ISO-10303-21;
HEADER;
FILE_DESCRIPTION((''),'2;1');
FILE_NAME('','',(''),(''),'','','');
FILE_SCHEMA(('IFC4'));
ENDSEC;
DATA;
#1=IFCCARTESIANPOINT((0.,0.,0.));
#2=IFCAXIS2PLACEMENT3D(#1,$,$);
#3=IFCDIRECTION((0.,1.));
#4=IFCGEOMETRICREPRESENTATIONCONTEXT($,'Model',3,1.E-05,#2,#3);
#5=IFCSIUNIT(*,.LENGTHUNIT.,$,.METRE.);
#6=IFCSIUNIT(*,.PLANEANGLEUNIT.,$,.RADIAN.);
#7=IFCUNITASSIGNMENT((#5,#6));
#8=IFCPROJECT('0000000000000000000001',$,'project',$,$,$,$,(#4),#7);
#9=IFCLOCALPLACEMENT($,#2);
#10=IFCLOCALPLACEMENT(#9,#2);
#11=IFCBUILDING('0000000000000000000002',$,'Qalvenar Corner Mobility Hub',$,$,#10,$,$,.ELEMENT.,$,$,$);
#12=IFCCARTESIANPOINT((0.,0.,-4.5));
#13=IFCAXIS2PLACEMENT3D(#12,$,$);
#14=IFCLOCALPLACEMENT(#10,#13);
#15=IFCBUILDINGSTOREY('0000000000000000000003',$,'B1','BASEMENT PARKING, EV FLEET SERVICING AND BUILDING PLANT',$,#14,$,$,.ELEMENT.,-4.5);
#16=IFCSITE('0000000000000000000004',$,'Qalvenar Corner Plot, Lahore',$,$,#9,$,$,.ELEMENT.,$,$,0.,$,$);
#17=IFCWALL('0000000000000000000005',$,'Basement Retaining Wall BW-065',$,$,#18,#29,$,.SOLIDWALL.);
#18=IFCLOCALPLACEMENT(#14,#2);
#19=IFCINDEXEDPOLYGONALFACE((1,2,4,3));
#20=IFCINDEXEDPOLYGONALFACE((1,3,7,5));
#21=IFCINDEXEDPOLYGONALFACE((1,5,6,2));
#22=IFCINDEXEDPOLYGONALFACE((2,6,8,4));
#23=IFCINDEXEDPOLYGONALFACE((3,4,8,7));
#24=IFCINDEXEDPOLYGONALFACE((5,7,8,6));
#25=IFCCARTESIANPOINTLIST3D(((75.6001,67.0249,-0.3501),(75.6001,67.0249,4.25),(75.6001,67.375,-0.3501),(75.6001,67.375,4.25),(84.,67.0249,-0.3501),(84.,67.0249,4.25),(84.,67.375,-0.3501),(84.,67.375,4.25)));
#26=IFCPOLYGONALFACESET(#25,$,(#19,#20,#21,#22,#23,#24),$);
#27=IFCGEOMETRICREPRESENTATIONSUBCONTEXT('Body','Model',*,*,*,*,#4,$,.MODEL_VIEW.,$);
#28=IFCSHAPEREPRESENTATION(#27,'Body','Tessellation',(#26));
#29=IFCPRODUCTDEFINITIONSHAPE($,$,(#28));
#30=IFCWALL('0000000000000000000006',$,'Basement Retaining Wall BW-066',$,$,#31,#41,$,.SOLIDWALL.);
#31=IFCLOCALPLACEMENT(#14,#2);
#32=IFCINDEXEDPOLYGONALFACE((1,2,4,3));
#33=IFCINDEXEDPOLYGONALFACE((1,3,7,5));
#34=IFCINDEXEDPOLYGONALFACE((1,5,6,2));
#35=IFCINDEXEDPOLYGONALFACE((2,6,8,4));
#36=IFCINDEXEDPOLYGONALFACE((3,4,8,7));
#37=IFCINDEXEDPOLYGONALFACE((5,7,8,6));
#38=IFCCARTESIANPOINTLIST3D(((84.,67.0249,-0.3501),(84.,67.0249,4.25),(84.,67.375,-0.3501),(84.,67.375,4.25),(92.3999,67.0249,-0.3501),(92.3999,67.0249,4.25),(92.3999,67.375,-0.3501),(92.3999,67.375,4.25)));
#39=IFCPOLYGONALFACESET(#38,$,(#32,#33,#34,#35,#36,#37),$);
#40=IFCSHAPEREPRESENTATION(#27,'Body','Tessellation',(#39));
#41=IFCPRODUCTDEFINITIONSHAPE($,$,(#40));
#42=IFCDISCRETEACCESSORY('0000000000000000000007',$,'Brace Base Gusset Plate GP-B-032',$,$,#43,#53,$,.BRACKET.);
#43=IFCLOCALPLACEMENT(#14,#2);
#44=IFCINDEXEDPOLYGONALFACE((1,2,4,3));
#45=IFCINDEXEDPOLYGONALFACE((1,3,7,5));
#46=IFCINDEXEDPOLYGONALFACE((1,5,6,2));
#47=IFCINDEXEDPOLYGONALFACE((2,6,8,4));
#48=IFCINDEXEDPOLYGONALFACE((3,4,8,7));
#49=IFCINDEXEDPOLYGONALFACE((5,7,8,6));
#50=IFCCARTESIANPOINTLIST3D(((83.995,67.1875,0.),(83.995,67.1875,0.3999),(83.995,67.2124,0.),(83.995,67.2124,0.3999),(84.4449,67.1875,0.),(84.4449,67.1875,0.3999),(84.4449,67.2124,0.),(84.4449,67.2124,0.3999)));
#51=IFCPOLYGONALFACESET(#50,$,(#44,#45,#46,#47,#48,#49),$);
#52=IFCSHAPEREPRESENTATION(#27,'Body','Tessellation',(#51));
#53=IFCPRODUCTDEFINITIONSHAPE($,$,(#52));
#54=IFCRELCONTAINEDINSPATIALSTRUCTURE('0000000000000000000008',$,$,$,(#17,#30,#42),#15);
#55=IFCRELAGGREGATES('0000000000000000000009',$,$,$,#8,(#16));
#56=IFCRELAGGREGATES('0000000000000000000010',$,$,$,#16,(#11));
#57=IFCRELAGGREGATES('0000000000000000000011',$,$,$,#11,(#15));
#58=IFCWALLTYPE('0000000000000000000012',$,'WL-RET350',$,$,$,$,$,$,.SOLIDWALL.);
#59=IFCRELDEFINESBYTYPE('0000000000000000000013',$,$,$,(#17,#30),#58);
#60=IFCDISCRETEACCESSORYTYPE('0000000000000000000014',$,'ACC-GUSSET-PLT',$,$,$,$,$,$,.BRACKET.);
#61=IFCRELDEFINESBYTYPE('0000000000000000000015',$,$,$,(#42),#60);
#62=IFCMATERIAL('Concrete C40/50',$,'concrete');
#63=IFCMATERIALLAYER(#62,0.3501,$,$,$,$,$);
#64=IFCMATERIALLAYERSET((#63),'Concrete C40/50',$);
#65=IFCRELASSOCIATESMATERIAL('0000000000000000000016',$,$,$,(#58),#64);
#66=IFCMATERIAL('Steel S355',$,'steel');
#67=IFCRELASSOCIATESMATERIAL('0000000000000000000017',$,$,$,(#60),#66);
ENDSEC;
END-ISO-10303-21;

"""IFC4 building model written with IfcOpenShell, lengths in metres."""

from ifc_helpers import new_model, si_unit, direction, frame, frame_2d, origin, origin_2d, place, context, subcontext, project, spatial, rectangle, extrude, material, layer, layer_set, type_object, element, save


model = new_model("IFC4")

# Units and contexts
model_context = context("Model", 3, precision=1e-05, world=origin(), true_north=direction((0.0, 1.0)))
body_context = subcontext(model_context, "Body", "Model", "MODEL_VIEW")
ifc_project = project(units=[si_unit("LENGTHUNIT", "METRE"), si_unit("PLANEANGLEUNIT", "RADIAN")], contexts=[model_context])

# Site, building, storey
site_placement = place(None, origin())
site = spatial("IfcSite", under=ifc_project, at=site_placement, Name="Qalvenar Corner Plot, Lahore", CompositionType="ELEMENT", RefElevation=0.0)
building_placement = place(site_placement, origin())
building = spatial("IfcBuilding", under=site, at=building_placement, Name="Qalvenar Corner Mobility Hub", CompositionType="ELEMENT")
storey_placement = place(building_placement, frame((0.0, 0.0, -4.5)))
storey = spatial("IfcBuildingStorey", under=building, at=storey_placement, Name="B1", Description="BASEMENT PARKING, EV FLEET SERVICING AND BUILDING PLANT", CompositionType="ELEMENT", Elevation=-4.5)

# Shared definitions
ifc_material_1 = material(Name="Concrete C40/50", Category="concrete")

# Shared definitions
ifc_material_2 = material(Name="Steel S355", Category="steel")

# Walls
ifc_layer = layer(ifc_material_1, 0.3501)
ifc_layer_set = layer_set([ifc_layer], Name="Concrete C40/50")
wall_type = type_object("IfcWallType", Name="WL-RET350", PredefinedType="SOLIDWALL", material=ifc_layer_set)
for number, where, z_axis, x_axis, name in (
    (1, (75.6001, 67.2, -0.3501), (0.0, 0.0, 1.0), (1.0, 0.0, 0.0), "Basement Retaining Wall BW-065"),
    (2, (84.0, 67.2, -0.3501), (0.0, 0.0, 1.0), (1.0, 0.0, 0.0), "Basement Retaining Wall BW-066"),
):
    element("IfcWall", number, at=place(storey_placement, frame(where, z_axis=z_axis, x_axis=x_axis)), inside=storey, type_object=wall_type, Name=name, PredefinedType="SOLIDWALL", context=body_context, shape_type="SweptSolid", body=[
        extrude(rectangle(XDim=8.3999, YDim=0.3501, at=frame_2d((4.2, 0.0))), origin(), (0.0, 0.0, 1.0), 4.6001),
    ])

# Discrete accessory
discrete_accessory_type = type_object("IfcDiscreteAccessoryType", Name="ACC-GUSSET-PLT", PredefinedType="BRACKET", material=ifc_material_2)
discrete_accessory_placement = place(storey_placement, frame((84.22, 67.2, 0.0), z_axis=(0.0, 0.0, 1.0), x_axis=(1.0, 0.0, 0.0)))
element("IfcDiscreteAccessory", 3, at=discrete_accessory_placement, inside=storey, type_object=discrete_accessory_type, Name="Brace Base Gusset Plate GP-B-032", PredefinedType="BRACKET", context=body_context, shape_type="SweptSolid", body=[
    extrude(rectangle(XDim=0.45, YDim=0.0249, at=origin_2d()), origin(), (0.0, 0.0, 1.0), 0.3999),
])

save(model, "model.ifc")
